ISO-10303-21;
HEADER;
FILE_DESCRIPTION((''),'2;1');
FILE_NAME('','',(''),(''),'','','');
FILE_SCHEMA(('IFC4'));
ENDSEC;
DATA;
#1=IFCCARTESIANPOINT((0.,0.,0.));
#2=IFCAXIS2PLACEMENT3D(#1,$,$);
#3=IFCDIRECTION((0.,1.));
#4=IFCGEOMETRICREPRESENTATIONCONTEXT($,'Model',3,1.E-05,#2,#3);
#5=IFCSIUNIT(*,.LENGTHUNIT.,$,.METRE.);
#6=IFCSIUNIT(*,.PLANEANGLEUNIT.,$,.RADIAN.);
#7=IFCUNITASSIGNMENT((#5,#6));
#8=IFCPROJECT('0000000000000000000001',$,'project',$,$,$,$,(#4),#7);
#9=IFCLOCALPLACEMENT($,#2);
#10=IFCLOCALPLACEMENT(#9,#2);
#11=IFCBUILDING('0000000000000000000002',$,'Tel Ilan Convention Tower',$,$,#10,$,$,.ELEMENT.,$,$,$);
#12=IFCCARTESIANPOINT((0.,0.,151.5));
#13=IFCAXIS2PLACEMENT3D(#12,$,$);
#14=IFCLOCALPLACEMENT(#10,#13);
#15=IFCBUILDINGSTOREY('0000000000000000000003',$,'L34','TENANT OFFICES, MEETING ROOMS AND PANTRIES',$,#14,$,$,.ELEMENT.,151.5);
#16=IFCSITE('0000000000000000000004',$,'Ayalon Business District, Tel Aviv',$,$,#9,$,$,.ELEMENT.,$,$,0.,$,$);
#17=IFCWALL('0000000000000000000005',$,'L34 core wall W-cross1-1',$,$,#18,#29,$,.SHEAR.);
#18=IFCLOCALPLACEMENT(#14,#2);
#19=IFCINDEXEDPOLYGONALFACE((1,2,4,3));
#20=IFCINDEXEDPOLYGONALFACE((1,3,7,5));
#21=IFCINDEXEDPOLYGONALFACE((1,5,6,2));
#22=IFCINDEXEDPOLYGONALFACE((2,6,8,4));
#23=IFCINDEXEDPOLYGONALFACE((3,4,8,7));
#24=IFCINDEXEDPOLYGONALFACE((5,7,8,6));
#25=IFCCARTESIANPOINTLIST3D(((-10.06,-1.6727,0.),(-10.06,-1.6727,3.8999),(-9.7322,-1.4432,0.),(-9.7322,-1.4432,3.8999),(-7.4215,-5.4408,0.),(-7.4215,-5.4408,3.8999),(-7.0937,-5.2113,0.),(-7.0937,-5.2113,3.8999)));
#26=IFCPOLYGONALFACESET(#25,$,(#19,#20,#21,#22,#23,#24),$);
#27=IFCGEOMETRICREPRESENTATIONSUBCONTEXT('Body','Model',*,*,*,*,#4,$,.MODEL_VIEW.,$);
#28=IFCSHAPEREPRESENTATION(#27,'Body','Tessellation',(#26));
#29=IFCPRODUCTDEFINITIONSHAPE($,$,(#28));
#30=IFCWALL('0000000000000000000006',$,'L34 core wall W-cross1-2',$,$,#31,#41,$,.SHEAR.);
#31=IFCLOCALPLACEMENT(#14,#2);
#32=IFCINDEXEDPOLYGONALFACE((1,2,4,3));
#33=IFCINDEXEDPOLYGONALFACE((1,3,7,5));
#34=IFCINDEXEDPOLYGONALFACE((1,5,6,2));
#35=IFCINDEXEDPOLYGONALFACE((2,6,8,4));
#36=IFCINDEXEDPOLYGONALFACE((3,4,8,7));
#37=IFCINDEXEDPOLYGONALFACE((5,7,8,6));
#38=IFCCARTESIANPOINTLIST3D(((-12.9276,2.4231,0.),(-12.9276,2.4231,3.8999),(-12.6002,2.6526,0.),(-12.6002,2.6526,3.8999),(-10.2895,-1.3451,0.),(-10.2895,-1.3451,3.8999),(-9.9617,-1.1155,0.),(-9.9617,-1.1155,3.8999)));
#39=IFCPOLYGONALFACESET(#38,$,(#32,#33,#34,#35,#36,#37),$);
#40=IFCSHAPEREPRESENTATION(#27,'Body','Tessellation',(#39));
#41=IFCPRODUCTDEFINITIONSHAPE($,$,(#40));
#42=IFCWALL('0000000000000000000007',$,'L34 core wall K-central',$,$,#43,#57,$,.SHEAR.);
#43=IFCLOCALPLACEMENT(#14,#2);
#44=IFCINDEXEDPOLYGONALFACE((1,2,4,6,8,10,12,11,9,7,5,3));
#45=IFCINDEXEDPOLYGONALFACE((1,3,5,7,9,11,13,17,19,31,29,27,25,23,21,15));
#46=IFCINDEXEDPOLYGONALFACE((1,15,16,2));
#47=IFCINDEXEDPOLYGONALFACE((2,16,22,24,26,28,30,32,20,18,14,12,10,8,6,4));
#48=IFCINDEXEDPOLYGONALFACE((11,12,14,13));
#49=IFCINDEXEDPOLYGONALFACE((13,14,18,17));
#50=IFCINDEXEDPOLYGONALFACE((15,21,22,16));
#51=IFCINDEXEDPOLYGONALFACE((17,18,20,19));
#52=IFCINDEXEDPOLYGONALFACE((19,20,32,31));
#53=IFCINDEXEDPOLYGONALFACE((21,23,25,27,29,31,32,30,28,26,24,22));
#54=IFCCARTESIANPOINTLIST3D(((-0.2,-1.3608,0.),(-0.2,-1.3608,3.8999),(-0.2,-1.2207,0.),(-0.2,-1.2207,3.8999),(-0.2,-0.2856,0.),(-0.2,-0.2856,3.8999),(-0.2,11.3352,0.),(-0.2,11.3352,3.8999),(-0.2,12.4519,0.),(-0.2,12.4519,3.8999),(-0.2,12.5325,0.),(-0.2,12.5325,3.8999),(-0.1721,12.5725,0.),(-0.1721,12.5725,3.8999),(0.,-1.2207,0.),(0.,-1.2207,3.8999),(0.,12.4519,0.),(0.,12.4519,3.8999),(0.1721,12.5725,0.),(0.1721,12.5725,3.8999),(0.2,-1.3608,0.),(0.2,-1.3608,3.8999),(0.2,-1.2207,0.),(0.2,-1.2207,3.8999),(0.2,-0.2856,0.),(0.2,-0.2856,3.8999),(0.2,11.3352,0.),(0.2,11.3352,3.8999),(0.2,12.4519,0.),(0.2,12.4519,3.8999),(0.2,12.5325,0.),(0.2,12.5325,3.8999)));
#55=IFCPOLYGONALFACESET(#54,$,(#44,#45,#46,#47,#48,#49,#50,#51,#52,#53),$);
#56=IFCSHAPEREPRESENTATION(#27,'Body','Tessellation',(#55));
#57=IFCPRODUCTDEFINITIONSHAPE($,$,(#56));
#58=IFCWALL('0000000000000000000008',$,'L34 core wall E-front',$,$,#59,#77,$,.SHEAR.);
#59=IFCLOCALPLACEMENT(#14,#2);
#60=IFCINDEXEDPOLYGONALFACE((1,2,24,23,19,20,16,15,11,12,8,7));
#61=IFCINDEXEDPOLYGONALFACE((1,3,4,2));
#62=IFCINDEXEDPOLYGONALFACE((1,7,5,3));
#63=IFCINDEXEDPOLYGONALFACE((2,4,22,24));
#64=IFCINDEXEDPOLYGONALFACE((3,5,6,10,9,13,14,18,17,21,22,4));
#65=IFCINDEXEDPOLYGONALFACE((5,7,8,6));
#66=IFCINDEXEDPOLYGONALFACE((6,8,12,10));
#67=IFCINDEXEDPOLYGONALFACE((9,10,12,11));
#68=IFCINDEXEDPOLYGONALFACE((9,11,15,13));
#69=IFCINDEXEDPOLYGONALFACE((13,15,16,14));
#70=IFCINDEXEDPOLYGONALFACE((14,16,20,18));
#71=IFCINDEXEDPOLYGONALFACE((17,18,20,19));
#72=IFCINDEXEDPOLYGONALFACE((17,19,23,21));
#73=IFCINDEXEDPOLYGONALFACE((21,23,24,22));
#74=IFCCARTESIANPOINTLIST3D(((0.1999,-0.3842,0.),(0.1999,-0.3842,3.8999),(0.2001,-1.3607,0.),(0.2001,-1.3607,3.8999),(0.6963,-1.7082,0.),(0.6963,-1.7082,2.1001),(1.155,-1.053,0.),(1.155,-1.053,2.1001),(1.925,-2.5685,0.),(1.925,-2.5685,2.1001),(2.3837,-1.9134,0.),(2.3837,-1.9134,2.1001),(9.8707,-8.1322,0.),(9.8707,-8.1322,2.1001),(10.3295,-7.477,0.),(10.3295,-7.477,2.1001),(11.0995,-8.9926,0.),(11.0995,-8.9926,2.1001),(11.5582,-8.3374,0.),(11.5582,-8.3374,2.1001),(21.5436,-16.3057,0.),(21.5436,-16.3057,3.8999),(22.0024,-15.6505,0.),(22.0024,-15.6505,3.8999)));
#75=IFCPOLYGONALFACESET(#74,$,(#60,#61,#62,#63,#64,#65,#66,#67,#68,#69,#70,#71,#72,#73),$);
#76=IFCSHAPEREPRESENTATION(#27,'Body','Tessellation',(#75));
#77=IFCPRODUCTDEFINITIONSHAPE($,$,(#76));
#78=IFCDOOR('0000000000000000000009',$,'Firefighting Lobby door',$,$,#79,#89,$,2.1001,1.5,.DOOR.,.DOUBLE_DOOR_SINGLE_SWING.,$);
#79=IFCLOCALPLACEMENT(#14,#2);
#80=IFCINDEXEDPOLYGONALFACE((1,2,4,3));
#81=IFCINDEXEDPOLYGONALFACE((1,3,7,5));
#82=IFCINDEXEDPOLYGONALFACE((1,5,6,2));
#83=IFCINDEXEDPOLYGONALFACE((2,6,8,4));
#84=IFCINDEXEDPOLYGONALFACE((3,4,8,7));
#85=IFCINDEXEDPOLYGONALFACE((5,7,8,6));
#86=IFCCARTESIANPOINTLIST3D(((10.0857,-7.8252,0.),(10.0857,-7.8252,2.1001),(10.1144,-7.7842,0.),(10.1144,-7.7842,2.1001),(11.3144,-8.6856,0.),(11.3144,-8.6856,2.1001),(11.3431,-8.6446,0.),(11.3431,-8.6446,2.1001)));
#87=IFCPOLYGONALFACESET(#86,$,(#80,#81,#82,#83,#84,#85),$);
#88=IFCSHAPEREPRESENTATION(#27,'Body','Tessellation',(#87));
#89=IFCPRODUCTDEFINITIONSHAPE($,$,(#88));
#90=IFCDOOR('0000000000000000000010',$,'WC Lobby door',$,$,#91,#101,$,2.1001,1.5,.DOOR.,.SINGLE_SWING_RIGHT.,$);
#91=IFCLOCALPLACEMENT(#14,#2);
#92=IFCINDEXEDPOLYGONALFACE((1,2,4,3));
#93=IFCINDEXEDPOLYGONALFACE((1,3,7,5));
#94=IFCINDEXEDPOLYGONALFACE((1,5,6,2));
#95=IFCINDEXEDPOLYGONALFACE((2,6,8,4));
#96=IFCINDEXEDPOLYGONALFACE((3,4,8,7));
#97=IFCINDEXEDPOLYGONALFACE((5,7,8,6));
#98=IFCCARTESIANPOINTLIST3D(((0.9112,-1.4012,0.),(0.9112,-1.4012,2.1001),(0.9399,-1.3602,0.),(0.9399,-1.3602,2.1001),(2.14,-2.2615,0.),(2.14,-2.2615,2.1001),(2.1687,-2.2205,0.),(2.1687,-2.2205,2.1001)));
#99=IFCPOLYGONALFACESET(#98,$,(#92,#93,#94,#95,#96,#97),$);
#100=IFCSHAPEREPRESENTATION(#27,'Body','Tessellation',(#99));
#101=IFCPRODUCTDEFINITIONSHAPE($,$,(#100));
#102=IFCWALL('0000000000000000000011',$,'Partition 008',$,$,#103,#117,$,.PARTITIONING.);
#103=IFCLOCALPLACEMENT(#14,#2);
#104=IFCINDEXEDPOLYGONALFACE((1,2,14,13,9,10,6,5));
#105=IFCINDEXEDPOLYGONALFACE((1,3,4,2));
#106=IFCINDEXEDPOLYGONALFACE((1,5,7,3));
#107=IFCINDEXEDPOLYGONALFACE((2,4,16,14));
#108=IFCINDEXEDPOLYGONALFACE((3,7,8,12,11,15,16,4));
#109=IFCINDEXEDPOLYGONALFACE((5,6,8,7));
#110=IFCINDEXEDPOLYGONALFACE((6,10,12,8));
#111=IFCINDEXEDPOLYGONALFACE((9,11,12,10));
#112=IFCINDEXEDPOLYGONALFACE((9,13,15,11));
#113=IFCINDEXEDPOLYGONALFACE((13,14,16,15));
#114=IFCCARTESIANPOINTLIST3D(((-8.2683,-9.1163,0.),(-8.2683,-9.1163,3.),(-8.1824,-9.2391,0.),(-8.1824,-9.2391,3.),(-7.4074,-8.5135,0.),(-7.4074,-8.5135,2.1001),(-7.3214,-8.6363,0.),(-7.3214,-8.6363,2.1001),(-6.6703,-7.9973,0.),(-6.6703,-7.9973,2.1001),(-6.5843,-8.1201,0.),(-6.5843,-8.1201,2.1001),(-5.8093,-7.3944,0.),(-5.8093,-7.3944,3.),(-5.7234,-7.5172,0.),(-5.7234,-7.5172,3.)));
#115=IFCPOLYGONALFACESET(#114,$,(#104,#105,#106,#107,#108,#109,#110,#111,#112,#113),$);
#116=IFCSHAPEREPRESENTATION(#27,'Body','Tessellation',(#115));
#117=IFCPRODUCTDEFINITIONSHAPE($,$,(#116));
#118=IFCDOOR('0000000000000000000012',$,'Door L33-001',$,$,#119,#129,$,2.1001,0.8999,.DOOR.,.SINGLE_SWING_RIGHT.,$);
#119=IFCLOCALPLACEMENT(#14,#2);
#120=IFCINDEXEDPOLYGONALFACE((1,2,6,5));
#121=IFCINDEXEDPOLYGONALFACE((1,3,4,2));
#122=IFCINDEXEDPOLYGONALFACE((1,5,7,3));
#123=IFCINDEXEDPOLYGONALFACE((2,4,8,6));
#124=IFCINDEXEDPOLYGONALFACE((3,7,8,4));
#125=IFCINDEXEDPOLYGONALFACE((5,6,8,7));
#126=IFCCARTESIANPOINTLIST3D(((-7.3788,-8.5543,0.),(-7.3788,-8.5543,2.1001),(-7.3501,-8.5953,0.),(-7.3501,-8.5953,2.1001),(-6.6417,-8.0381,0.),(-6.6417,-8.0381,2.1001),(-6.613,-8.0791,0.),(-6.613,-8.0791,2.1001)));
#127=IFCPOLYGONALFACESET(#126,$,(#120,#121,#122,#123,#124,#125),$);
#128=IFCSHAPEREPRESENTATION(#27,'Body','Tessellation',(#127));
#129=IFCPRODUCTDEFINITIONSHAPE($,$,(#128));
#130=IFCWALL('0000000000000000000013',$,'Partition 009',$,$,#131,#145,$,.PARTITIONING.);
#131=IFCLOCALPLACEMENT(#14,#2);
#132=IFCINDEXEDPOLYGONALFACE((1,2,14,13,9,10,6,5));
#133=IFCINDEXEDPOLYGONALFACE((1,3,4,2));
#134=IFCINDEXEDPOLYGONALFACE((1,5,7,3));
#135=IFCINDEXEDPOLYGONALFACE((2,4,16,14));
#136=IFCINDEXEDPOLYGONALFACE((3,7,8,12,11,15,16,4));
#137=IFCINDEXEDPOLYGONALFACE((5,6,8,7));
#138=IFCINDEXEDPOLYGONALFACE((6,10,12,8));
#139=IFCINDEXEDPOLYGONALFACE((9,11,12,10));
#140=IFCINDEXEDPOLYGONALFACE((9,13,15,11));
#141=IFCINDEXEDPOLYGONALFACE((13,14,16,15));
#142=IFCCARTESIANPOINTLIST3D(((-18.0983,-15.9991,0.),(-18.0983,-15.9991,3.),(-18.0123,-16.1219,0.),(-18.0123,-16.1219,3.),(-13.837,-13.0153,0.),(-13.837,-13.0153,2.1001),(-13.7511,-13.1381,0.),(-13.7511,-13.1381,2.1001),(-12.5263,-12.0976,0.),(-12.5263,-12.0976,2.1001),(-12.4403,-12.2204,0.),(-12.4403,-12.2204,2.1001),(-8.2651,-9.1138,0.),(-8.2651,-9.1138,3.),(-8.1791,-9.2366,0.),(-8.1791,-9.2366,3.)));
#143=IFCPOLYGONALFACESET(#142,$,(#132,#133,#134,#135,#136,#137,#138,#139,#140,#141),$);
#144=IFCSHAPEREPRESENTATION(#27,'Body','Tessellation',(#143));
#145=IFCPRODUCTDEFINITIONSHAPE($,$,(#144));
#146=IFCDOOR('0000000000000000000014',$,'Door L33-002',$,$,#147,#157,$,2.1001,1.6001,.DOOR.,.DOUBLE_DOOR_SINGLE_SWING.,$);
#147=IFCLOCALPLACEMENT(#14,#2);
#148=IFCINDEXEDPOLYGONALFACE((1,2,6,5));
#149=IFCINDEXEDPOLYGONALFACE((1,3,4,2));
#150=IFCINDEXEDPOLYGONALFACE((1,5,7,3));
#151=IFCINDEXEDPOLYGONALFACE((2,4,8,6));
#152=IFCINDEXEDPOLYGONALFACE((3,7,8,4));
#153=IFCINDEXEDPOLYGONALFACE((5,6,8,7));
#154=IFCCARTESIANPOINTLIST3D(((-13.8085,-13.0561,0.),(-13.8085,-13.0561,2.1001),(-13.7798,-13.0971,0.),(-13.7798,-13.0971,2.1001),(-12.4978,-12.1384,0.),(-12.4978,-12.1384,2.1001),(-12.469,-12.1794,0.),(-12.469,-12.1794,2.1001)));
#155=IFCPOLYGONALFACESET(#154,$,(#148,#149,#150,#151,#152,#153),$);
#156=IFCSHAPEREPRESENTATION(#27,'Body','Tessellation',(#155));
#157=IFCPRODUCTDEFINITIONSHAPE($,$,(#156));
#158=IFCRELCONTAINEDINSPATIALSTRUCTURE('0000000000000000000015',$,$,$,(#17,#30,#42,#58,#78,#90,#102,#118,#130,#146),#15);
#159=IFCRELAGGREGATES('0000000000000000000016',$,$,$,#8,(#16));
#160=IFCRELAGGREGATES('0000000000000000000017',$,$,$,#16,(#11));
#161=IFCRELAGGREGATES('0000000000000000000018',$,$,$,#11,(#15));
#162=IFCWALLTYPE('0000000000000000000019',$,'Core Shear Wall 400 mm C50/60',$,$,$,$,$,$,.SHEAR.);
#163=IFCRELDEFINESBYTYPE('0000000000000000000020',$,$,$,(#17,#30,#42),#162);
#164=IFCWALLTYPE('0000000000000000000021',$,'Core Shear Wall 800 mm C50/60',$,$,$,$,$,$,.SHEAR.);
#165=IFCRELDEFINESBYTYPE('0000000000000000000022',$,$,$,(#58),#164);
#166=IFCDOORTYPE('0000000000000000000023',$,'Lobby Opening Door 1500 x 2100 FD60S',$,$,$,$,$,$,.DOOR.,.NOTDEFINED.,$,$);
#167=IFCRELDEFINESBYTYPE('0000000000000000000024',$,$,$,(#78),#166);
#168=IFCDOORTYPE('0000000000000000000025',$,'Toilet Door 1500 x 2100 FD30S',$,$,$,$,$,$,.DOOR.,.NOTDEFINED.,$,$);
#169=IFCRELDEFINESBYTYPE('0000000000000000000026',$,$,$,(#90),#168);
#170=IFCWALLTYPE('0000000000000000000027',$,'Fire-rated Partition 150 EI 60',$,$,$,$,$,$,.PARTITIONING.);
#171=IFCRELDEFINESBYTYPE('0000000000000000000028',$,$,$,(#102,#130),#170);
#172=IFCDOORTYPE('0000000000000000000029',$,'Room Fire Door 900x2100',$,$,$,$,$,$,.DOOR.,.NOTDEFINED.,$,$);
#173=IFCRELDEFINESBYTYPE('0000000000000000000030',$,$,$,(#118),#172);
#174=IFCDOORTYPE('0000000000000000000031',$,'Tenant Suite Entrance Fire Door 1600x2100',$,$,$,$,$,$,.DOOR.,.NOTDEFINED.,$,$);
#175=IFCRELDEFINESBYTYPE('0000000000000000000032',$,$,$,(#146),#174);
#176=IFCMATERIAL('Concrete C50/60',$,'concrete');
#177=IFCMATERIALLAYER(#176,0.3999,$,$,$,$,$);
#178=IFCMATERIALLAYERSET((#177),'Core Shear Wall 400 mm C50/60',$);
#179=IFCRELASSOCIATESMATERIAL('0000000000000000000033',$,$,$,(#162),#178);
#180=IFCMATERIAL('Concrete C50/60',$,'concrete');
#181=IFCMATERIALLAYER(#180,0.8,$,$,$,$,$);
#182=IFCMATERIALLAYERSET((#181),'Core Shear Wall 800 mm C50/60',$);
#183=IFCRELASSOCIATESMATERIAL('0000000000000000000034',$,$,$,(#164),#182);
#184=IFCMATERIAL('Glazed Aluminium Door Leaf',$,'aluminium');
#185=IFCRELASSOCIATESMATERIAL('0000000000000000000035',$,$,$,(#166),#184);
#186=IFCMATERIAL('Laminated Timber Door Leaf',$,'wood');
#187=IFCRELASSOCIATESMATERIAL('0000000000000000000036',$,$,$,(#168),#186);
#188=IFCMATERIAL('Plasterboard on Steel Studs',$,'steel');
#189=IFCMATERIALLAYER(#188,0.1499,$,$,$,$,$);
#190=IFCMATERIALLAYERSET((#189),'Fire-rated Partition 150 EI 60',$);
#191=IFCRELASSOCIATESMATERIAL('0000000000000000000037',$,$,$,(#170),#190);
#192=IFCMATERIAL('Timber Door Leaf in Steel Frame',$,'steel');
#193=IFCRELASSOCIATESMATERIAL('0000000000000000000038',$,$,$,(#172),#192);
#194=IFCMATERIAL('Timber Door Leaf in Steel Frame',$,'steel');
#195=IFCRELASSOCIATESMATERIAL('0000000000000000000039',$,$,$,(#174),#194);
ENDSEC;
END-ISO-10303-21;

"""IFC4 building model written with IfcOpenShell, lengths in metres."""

from ifc_helpers import new_model, si_unit, direction, frame, frame_2d, origin, place, context, subcontext, project, spatial, polyline, rectangle, outline, extrude, material, layer, layer_set, type_object, element, fill, save


model = new_model("IFC4")

# Units and contexts
model_context = context("Model", 3, precision=1e-05, world=origin(), true_north=direction((0.0, 1.0)))
body_context = subcontext(model_context, "Body", "Model", "MODEL_VIEW")
ifc_project = project(units=[si_unit("LENGTHUNIT", "METRE"), si_unit("PLANEANGLEUNIT", "RADIAN")], contexts=[model_context])

# Site, building, storey
site_placement = place(None, origin())
site = spatial("IfcSite", under=ifc_project, at=site_placement, Name="Ayalon Business District, Tel Aviv", CompositionType="ELEMENT", RefElevation=0.0)
building_placement = place(site_placement, origin())
building = spatial("IfcBuilding", under=site, at=building_placement, Name="Tel Ilan Convention Tower", CompositionType="ELEMENT")
storey_placement = place(building_placement, frame((0.0, 0.0, 151.5)))
storey = spatial("IfcBuildingStorey", under=building, at=storey_placement, Name="L34", Description="TENANT OFFICES, MEETING ROOMS AND PANTRIES", CompositionType="ELEMENT", Elevation=151.5)

# Walls
ifc_material_1 = material(Name="Concrete C50/60", Category="concrete")
ifc_layer_1 = layer(ifc_material_1, 0.3999)
ifc_layer_set_1 = layer_set([ifc_layer_1], Name="Core Shear Wall 400 mm C50/60")
wall_type_1 = type_object("IfcWallType", Name="Core Shear Wall 400 mm C50/60", PredefinedType="SHEAR", material=ifc_layer_set_1)
wall_1_placement = place(storey_placement, frame((-7.2578, -5.3259, 0.0), z_axis=(0.0, 0.0, 1.0), x_axis=(-0.573541, 0.819177, 0.0)))
element("IfcWall", 1, at=wall_1_placement, inside=storey, type_object=wall_type_1, Name="L34 core wall W-cross1-1", PredefinedType="SHEAR", context=body_context, shape_type="SweptSolid", body=[
    extrude(outline(polyline([(4.5999, 0.2002), (-0.0002, 0.2), (-0.0002, -0.2002), (4.5999, -0.2), (4.5999, 0.2002)])), origin(), (0.0, 0.0, 1.0), 3.8999),
])
wall_2_placement = place(storey_placement, frame((-10.1255, -1.2302, 0.0), z_axis=(0.0, 0.0, 1.0), x_axis=(-0.573576, 0.819152, 0.0)))
element("IfcWall", 2, at=wall_2_placement, inside=storey, type_object=wall_type_1, Name="L34 core wall W-cross1-2", PredefinedType="SHEAR", context=body_context, shape_type="SweptSolid", body=[
    extrude(outline(polyline([(4.6001, -0.2), (4.5999, 0.2), (0.0, 0.2002), (0.0, -0.2), (4.6001, -0.2)])), origin(), (0.0, 0.0, 1.0), 3.8999),
])
wall_3_placement = place(storey_placement, frame((0.0, -1.3608, 0.0), z_axis=(0.0, 0.0, 1.0), x_axis=(0.0, 1.0, 0.0)))
element("IfcWall", 3, at=wall_3_placement, inside=storey, type_object=wall_type_1, Name="L34 core wall K-central", PredefinedType="SHEAR", context=body_context, shape_type="SweptSolid", body=[
    extrude(outline(polyline([(0.0, -0.2), (0.1401, -0.2), (1.0752, -0.2), (12.696, -0.2), (13.8127, -0.2), (13.8933, -0.2), (13.9333, -0.1721), (13.8127, 0.0), (13.9333, 0.1721), (13.8933, 0.2), (13.8127, 0.2), (12.696, 0.2), (1.0752, 0.2), (0.1401, 0.2), (0.0, 0.2), (0.1401, 0.0), (0.0, -0.2)])), origin(), (0.0, 0.0, 1.0), 3.8999),
])

# Wall, openings, doors
ifc_material_2 = material(Name="Concrete C50/60", Category="concrete")
ifc_layer_2 = layer(ifc_material_2, 0.8)
ifc_layer_set_2 = layer_set([ifc_layer_2], Name="Core Shear Wall 800 mm C50/60")
wall_type_2 = type_object("IfcWallType", Name="Core Shear Wall 800 mm C50/60", PredefinedType="SHEAR", material=ifc_layer_set_2)
wall_4_placement = place(storey_placement, frame((-0.0293, -0.7119, 0.0), z_axis=(0.0, 0.0, 1.0), x_axis=(0.819152, -0.573577, 0.0)))
wall_4 = element("IfcWall", 4, at=wall_4_placement, inside=storey, type_object=wall_type_2, Name="L34 core wall E-front", PredefinedType="SHEAR", context=body_context, shape_type="SweptSolid", body=[
    extrude(outline(polyline([(26.6157, 0.3999), (-0.0002, 0.3999), (0.5601, -0.3999), (26.6157, -0.3999), (26.6157, 0.3999)])), origin(), (0.0, 0.0, 1.0), 3.8999),
])
opening_1_placement = place(wall_4_placement, frame((1.1658, 0.0, 0.0)))
opening_1 = element("IfcOpeningElement", 5, at=opening_1_placement, cuts=wall_4, PredefinedType="OPENING", context=body_context, shape_type="SweptSolid", body=[
    extrude(rectangle(XDim=1.5, YDim=2.1001, at=frame_2d((0.75, 1.05))), frame((0.0, 0.4099, 0.0), z_axis=(0.0, -1.0, 0.0), x_axis=(1.0, 0.0, 0.0)), (0.0, 0.0, 1.0), 0.8201),
])
opening_2_placement = place(wall_4_placement, frame((12.3657, 0.0, 0.0)))
opening_2 = element("IfcOpeningElement", 6, at=opening_2_placement, cuts=wall_4, PredefinedType="OPENING", context=body_context, shape_type="SweptSolid", body=[
    extrude(rectangle(XDim=1.5, YDim=2.1001, at=frame_2d((0.75, 1.05))), frame((0.0, 0.4099, 0.0), z_axis=(0.0, -1.0, 0.0), x_axis=(1.0, 0.0, 0.0)), (0.0, 0.0, 1.0), 0.8201),
])
ifc_material_3 = material(Name="Glazed Aluminium Door Leaf", Category="aluminium")
door_type_1 = type_object("IfcDoorType", Name="Lobby Opening Door 1500 x 2100 FD60S", OperationType="NOTDEFINED", PredefinedType="DOOR", material=ifc_material_3)
door_1_placement = place(opening_2_placement, origin())
door_1 = element("IfcDoor", 7, at=door_1_placement, inside=storey, type_object=door_type_1, Name="Firefighting Lobby door", OperationType="DOUBLE_DOOR_SINGLE_SWING", OverallHeight=2.1001, OverallWidth=1.5, PredefinedType="DOOR", context=body_context, shape_type="SweptSolid", body=[
    extrude(rectangle(XDim=1.5, YDim=2.1001, at=frame_2d((0.75, 1.05))), frame((0.0, 0.0249, 0.0), z_axis=(0.0, -1.0, 0.0), x_axis=(1.0, 0.0, 0.0)), (0.0, 0.0, 1.0), 0.05),
])
fill(opening_2, door_1)
ifc_material_4 = material(Name="Laminated Timber Door Leaf", Category="wood")
door_type_2 = type_object("IfcDoorType", Name="Toilet Door 1500 x 2100 FD30S", OperationType="NOTDEFINED", PredefinedType="DOOR", material=ifc_material_4)
door_2_placement = place(opening_1_placement, origin())
door_2 = element("IfcDoor", 8, at=door_2_placement, inside=storey, type_object=door_type_2, Name="WC Lobby door", OperationType="SINGLE_SWING_RIGHT", OverallHeight=2.1001, OverallWidth=1.5, PredefinedType="DOOR", context=body_context, shape_type="SweptSolid", body=[
    extrude(rectangle(XDim=1.5, YDim=2.1001, at=frame_2d((0.75, 1.05))), frame((0.0, 0.0249, 0.0), z_axis=(0.0, -1.0, 0.0), x_axis=(1.0, 0.0, 0.0)), (0.0, 0.0, 1.0), 0.05),
])
fill(opening_1, door_2)

# Walls, openings, doors
ifc_material_5 = material(Name="Plasterboard on Steel Studs", Category="steel")
ifc_layer_3 = layer(ifc_material_5, 0.1499)
ifc_layer_set_3 = layer_set([ifc_layer_3], Name="Fire-rated Partition 150 EI 60")
wall_type_3 = type_object("IfcWallType", Name="Fire-rated Partition 150 EI 60", PredefinedType="PARTITIONING", material=ifc_layer_set_3)
wall_5_placement = place(storey_placement, frame((-5.7664, -7.4558, 0.0), z_axis=(0.0, 0.0, 1.0), x_axis=(-0.819133, -0.573604, 0.0)))
wall_5 = element("IfcWall", 9, at=wall_5_placement, inside=storey, type_object=wall_type_3, Name="Partition 008", PredefinedType="PARTITIONING", context=body_context, shape_type="SweptSolid", body=[
    extrude(rectangle(XDim=3.002, YDim=0.1499, at=frame_2d((1.501, 0.0))), origin(), (0.0, 0.0, 1.0), 3.0),
])
opening_3_placement = place(wall_5_placement, frame((1.051, 0.0, 0.0)))
opening_3 = element("IfcOpeningElement", 10, at=opening_3_placement, cuts=wall_5, PredefinedType="OPENING", context=body_context, shape_type="SweptSolid", body=[
    extrude(rectangle(XDim=0.8999, YDim=2.1001, at=frame_2d((0.45, 1.05))), frame((0.0, 0.085, 0.0), z_axis=(0.0, -1.0, 0.0), x_axis=(1.0, 0.0, 0.0)), (0.0, 0.0, 1.0), 0.1699),
])
ifc_material_6 = material(Name="Timber Door Leaf in Steel Frame", Category="steel")
door_type_3 = type_object("IfcDoorType", Name="Room Fire Door 900x2100", OperationType="NOTDEFINED", PredefinedType="DOOR", material=ifc_material_6)
door_3_placement = place(opening_3_placement, origin())
door_3 = element("IfcDoor", 11, at=door_3_placement, inside=storey, type_object=door_type_3, Name="Door L33-001", OperationType="SINGLE_SWING_RIGHT", OverallHeight=2.1001, OverallWidth=0.8999, PredefinedType="DOOR", context=body_context, shape_type="SweptSolid", body=[
    extrude(rectangle(XDim=0.8999, YDim=2.1001, at=frame_2d((0.45, 1.05))), frame((0.0, 0.0249, 0.0), z_axis=(0.0, -1.0, 0.0), x_axis=(1.0, 0.0, 0.0)), (0.0, 0.0, 1.0), 0.05),
])
fill(opening_3, door_3)
wall_6_placement = place(storey_placement, frame((-8.2222, -9.1753, 0.0), z_axis=(0.0, 0.0, 1.0), x_axis=(-0.819155, -0.573573, 0.0)))
wall_6 = element("IfcWall", 12, at=wall_6_placement, inside=storey, type_object=wall_type_3, Name="Partition 009", PredefinedType="PARTITIONING", context=body_context, shape_type="SweptSolid", body=[
    extrude(rectangle(XDim=12.0042, YDim=0.1499, at=frame_2d((6.002, 0.0))), origin(), (0.0, 0.0, 1.0), 3.0),
])
opening_4_placement = place(wall_6_placement, frame((5.2019, 0.0, 0.0)))
opening_4 = element("IfcOpeningElement", 13, at=opening_4_placement, cuts=wall_6, PredefinedType="OPENING", context=body_context, shape_type="SweptSolid", body=[
    extrude(rectangle(XDim=1.6001, YDim=2.1001, at=frame_2d((0.8, 1.05))), frame((0.0, 0.085, 0.0), z_axis=(0.0, -1.0, 0.0), x_axis=(1.0, 0.0, 0.0)), (0.0, 0.0, 1.0), 0.1699),
])
ifc_material_7 = material(Name="Timber Door Leaf in Steel Frame", Category="steel")
door_type_4 = type_object("IfcDoorType", Name="Tenant Suite Entrance Fire Door 1600x2100", OperationType="NOTDEFINED", PredefinedType="DOOR", material=ifc_material_7)
door_4_placement = place(opening_4_placement, origin())
door_4 = element("IfcDoor", 14, at=door_4_placement, inside=storey, type_object=door_type_4, Name="Door L33-002", OperationType="DOUBLE_DOOR_SINGLE_SWING", OverallHeight=2.1001, OverallWidth=1.6001, PredefinedType="DOOR", context=body_context, shape_type="SweptSolid", body=[
    extrude(rectangle(XDim=1.6001, YDim=2.1001, at=frame_2d((0.8, 1.05))), frame((0.0, 0.0249, 0.0), z_axis=(0.0, -1.0, 0.0), x_axis=(1.0, 0.0, 0.0)), (0.0, 0.0, 1.0), 0.05),
])
fill(opening_4, door_4)

save(model, "model.ifc")
